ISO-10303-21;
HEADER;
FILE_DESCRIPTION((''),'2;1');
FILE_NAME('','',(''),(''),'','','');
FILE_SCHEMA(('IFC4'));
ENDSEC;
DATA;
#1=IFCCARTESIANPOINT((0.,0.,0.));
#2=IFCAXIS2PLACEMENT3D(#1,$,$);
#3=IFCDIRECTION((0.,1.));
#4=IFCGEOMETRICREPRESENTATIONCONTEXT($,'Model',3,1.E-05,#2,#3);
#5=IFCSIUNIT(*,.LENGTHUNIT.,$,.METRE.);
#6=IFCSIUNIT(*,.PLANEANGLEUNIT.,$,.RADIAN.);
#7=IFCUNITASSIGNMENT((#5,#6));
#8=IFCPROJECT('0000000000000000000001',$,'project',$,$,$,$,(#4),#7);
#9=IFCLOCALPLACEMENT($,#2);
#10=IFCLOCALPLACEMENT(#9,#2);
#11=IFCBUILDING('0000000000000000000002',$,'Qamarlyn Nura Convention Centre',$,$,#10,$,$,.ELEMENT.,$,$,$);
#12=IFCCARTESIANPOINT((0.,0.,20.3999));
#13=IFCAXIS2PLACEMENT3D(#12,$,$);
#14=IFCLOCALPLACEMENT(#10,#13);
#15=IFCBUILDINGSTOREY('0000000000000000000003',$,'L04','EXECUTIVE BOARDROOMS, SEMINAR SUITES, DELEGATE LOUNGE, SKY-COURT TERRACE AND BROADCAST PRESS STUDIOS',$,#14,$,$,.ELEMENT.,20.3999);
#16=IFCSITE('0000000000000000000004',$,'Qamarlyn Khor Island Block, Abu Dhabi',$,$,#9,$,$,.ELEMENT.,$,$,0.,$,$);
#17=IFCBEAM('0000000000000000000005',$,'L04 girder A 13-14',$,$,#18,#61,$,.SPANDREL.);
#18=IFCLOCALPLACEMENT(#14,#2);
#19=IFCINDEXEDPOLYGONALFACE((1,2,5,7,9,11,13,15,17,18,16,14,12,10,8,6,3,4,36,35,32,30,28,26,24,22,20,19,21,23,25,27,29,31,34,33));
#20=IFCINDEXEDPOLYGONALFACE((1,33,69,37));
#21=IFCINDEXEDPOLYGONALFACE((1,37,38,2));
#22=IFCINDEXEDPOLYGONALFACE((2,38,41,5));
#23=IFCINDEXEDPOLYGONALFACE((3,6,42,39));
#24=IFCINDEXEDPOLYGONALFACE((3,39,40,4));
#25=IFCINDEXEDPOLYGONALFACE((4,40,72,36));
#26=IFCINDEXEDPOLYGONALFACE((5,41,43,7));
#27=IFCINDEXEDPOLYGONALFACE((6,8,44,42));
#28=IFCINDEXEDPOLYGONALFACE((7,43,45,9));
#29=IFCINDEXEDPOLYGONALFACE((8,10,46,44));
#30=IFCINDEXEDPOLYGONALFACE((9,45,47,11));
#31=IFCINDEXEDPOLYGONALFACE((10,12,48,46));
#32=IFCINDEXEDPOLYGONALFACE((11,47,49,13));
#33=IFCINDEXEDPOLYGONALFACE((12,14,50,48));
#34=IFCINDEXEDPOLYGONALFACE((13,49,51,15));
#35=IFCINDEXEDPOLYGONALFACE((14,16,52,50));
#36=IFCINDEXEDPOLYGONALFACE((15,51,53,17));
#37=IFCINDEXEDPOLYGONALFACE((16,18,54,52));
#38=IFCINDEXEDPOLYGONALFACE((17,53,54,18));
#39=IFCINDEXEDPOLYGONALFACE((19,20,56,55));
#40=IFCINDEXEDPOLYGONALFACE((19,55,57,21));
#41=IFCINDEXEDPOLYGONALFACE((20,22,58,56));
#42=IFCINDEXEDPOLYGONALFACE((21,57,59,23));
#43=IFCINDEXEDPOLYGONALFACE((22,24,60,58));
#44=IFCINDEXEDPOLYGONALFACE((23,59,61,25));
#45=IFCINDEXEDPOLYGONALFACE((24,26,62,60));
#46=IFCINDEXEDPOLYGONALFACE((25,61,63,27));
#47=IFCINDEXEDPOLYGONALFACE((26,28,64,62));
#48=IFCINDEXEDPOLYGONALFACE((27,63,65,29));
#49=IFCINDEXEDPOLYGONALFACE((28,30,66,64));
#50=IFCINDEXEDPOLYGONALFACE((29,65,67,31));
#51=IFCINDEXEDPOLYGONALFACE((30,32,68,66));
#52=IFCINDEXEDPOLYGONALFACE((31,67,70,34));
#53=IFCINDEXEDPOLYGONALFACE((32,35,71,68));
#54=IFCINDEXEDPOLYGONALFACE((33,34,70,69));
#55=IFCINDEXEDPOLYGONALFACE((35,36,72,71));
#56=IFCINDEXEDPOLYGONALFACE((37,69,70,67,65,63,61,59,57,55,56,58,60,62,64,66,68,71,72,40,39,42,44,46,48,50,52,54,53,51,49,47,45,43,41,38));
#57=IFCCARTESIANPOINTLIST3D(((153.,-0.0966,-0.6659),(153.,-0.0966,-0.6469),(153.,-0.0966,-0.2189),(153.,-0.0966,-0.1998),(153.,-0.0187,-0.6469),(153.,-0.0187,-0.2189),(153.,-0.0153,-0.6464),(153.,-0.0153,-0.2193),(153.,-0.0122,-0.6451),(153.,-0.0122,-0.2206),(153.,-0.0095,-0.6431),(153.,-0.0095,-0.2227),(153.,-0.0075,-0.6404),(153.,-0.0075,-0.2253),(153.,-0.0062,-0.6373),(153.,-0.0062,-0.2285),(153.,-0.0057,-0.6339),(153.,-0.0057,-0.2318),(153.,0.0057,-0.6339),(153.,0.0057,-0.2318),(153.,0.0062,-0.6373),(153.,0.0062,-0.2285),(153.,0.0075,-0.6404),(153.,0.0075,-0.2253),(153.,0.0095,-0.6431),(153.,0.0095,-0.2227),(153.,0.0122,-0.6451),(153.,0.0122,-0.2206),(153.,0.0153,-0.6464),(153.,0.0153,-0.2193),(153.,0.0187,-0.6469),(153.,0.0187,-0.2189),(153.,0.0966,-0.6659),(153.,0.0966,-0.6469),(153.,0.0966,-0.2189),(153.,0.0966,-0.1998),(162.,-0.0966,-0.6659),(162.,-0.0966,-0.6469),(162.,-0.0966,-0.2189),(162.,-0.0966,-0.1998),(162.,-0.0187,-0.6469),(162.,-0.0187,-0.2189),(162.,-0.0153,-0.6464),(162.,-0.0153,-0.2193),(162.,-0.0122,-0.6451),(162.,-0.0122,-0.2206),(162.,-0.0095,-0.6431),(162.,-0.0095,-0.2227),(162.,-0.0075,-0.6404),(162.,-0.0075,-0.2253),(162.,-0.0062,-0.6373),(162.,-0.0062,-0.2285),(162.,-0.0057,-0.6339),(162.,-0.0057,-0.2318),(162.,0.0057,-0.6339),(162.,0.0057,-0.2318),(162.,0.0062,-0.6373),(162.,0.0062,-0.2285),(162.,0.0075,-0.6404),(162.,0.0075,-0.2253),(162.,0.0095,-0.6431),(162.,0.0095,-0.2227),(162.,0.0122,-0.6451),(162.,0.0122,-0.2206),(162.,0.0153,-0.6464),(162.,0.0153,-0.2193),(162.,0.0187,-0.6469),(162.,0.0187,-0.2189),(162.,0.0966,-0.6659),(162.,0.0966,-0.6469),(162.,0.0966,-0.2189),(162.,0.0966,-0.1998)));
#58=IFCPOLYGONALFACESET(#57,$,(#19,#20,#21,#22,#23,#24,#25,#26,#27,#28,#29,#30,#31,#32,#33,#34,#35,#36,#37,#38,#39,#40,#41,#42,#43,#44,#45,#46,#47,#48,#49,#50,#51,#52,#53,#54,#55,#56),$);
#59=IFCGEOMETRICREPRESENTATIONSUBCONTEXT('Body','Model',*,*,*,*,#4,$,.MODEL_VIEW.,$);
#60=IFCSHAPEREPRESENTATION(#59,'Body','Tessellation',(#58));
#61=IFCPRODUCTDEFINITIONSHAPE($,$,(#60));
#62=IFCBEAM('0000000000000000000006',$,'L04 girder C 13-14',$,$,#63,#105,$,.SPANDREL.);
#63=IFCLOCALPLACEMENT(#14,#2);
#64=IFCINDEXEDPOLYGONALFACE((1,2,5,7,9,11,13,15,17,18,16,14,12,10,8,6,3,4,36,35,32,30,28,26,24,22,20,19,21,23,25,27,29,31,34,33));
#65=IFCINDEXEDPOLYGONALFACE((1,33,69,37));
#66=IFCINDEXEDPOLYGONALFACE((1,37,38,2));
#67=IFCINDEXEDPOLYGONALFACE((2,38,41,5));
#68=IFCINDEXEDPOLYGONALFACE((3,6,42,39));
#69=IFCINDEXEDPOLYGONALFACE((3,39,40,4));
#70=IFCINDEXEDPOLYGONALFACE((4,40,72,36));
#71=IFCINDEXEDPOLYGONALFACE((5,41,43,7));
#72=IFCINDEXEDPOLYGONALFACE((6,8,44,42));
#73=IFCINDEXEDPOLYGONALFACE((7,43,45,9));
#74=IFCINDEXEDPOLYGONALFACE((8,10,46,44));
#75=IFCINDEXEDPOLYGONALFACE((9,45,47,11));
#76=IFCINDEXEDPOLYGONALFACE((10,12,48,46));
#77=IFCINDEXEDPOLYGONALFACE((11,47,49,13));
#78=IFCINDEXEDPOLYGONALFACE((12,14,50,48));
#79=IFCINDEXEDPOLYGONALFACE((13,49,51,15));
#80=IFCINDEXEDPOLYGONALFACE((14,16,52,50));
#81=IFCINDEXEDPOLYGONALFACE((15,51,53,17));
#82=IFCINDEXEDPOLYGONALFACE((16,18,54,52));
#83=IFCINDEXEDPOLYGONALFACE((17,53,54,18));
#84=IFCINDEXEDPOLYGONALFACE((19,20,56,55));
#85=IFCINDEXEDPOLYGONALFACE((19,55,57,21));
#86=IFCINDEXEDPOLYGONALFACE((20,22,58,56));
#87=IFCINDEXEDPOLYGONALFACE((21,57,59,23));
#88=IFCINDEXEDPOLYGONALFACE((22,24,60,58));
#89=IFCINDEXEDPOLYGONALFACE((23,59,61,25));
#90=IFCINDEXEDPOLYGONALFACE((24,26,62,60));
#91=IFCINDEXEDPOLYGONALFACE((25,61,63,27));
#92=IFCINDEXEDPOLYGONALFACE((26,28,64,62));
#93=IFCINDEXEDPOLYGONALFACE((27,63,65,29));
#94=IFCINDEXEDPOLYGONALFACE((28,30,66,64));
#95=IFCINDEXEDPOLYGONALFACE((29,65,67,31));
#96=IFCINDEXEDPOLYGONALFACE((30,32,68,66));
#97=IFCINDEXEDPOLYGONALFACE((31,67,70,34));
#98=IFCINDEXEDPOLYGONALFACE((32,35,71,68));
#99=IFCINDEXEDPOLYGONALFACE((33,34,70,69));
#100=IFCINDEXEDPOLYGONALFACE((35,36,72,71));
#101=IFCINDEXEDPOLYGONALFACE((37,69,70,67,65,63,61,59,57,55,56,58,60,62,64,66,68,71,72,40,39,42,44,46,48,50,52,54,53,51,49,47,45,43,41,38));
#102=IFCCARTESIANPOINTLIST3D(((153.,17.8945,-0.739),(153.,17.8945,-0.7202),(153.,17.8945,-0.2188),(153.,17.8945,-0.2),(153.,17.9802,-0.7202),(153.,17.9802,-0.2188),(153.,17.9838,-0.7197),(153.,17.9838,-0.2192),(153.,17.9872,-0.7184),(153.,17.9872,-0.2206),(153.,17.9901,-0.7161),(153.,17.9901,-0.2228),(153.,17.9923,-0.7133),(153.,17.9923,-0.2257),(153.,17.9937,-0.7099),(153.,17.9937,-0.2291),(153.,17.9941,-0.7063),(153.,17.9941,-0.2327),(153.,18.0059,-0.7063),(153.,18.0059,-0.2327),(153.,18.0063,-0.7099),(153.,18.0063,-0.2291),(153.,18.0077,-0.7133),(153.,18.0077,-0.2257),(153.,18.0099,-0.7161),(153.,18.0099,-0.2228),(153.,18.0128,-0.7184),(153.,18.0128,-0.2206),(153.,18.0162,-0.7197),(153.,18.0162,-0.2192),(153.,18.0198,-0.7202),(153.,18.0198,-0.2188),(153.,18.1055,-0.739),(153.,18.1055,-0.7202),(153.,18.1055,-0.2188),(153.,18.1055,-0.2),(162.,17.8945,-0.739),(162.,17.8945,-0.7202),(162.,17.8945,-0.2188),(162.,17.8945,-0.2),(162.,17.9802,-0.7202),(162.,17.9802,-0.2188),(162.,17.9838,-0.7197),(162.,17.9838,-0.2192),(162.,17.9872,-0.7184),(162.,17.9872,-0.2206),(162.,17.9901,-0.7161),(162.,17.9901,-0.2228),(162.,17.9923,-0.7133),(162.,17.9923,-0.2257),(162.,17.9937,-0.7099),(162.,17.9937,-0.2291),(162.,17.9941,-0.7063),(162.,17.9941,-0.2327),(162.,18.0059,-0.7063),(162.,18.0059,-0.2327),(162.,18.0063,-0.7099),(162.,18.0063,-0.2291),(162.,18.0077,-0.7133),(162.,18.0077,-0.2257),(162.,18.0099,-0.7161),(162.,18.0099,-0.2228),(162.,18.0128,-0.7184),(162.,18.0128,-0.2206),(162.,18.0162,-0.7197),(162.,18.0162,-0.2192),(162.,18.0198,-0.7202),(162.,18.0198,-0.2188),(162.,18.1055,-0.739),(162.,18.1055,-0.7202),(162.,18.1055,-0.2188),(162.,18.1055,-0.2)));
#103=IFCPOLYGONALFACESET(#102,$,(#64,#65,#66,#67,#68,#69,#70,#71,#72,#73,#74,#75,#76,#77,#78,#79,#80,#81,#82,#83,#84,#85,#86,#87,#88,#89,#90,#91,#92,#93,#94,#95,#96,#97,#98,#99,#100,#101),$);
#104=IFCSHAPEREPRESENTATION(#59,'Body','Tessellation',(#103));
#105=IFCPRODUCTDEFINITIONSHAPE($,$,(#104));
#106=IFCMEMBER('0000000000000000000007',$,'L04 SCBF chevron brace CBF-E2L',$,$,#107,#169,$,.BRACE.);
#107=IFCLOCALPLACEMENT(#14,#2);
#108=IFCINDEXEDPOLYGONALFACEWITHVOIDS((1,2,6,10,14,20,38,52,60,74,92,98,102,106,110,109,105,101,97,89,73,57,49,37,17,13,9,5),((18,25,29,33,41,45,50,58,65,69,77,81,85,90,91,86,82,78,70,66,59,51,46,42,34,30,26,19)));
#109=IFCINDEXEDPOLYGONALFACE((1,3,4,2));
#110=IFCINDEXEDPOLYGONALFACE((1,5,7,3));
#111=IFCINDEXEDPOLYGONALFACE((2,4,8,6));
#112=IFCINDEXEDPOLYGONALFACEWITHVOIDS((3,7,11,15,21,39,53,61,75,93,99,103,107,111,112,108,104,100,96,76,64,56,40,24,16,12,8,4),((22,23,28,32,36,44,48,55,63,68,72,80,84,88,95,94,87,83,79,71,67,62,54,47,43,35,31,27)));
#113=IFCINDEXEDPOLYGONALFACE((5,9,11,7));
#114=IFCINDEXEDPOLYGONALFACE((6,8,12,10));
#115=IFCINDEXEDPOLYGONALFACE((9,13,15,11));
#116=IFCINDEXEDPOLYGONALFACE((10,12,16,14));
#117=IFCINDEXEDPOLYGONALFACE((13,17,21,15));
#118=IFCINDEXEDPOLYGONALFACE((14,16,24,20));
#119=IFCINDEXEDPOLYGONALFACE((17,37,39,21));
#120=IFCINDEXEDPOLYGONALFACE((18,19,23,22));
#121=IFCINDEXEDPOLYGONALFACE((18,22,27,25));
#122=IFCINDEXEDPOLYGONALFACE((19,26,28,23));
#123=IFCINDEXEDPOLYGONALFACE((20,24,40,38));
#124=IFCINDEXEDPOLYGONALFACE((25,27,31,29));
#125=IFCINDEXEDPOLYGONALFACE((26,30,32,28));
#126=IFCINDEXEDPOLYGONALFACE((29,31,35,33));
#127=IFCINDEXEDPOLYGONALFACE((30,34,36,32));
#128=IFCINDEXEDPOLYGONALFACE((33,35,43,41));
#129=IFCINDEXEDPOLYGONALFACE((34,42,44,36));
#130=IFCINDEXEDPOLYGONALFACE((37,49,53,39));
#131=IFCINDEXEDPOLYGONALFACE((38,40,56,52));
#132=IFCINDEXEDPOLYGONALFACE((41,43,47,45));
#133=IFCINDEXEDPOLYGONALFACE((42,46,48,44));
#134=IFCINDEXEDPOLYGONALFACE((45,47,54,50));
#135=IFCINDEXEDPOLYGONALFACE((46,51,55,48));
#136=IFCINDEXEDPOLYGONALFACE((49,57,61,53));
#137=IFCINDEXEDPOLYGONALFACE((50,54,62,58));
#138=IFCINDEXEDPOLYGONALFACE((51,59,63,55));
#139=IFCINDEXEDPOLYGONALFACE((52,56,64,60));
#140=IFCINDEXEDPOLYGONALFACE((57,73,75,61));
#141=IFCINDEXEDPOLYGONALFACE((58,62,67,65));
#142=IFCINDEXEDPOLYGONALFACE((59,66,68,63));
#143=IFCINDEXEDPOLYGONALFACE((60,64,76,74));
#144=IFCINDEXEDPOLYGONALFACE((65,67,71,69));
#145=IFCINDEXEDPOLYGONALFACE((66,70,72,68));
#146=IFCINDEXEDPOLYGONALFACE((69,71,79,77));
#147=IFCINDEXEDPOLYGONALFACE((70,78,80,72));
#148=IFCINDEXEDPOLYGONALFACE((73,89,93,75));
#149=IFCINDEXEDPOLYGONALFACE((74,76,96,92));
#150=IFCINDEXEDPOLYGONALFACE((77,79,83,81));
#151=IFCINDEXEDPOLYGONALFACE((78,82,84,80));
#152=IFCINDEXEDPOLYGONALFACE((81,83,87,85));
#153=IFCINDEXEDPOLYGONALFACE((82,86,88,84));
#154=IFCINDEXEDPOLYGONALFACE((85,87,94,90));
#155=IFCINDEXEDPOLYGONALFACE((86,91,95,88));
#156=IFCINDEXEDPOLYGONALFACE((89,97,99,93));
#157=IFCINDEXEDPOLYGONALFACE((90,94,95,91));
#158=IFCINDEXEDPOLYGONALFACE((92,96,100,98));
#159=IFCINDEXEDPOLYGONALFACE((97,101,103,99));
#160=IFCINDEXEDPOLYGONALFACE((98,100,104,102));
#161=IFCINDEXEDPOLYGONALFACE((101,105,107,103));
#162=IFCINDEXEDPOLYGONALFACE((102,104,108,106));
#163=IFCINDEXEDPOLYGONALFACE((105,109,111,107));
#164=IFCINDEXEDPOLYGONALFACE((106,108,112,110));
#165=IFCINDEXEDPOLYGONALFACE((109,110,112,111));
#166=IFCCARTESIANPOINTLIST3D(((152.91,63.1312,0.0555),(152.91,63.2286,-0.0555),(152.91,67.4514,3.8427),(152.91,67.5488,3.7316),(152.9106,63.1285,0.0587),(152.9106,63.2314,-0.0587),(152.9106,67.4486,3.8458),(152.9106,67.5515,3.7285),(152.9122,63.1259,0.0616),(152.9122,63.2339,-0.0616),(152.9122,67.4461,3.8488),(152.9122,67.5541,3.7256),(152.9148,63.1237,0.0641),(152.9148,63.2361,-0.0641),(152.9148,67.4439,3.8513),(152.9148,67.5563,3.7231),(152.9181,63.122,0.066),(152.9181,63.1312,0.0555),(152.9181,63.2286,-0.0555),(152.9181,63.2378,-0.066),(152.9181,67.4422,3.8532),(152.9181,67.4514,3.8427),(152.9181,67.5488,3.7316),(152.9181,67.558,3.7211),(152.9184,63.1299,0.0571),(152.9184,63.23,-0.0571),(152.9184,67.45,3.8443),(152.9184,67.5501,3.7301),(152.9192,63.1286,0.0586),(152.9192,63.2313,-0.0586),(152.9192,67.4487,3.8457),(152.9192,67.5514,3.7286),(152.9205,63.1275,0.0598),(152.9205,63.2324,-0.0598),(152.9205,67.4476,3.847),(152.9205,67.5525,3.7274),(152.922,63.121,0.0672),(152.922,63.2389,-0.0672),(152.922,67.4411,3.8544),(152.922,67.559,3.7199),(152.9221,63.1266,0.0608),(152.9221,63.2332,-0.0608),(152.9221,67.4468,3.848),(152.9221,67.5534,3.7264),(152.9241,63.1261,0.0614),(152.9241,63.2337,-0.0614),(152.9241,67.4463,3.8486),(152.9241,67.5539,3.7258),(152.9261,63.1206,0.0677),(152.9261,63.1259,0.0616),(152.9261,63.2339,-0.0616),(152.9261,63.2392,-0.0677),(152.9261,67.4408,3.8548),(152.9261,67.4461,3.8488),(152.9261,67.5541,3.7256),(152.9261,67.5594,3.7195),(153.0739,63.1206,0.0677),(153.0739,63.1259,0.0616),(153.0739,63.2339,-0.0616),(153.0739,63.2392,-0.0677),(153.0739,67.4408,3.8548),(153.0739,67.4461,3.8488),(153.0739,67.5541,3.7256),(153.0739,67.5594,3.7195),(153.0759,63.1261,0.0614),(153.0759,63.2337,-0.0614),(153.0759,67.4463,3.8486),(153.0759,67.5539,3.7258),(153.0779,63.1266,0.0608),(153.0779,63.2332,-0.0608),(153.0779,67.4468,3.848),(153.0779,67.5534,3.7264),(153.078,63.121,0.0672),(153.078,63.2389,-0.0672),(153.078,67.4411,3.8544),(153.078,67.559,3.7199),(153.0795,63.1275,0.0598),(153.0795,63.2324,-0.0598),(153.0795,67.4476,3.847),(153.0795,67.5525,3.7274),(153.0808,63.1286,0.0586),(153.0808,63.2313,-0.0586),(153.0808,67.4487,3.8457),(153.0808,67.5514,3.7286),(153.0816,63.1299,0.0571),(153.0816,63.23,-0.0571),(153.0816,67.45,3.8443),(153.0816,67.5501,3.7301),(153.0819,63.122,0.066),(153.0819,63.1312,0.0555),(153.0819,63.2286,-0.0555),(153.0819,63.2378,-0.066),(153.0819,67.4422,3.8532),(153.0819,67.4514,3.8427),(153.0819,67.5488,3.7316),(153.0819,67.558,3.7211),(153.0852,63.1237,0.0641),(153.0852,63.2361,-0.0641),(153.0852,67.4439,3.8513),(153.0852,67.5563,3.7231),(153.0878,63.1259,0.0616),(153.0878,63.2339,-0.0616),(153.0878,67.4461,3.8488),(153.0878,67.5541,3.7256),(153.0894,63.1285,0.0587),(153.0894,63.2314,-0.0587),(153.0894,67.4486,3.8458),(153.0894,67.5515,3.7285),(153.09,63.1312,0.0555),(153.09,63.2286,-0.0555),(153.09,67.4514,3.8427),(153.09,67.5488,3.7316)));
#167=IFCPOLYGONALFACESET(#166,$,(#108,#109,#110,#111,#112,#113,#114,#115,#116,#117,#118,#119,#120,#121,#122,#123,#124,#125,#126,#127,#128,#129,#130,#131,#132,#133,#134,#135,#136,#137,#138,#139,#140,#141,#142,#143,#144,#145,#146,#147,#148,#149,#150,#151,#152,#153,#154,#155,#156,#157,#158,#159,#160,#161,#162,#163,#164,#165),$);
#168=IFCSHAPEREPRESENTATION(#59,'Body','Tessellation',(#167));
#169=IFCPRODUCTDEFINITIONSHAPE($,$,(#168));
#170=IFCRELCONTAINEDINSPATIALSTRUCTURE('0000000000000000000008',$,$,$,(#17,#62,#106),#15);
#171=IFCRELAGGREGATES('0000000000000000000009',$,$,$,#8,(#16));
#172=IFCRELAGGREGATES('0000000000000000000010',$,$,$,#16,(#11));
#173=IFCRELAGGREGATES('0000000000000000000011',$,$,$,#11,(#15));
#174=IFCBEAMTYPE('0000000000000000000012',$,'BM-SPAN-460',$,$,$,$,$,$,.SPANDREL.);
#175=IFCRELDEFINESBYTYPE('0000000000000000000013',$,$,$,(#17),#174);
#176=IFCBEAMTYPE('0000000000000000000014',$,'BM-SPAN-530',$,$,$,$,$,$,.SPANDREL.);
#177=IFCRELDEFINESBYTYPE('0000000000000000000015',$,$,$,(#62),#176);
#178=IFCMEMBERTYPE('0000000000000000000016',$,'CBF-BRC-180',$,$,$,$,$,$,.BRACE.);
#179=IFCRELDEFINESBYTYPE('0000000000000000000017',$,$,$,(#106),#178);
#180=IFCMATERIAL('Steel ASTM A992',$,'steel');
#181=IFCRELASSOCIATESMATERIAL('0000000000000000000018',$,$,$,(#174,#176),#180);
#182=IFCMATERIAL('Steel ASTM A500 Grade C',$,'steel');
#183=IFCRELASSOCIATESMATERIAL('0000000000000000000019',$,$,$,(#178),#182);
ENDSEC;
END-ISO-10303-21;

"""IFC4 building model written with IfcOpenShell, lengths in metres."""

from ifc_helpers import new_model, si_unit, direction, frame, origin, origin_2d, place, context, subcontext, project, spatial, hollow_rectangle, i_section, extrude, material, material_profile, profile_set, type_object, element, save


model = new_model("IFC4")

# Units and contexts
model_context = context("Model", 3, precision=1e-05, world=origin(), true_north=direction((0.0, 1.0)))
body_context = subcontext(model_context, "Body", "Model", "MODEL_VIEW")
ifc_project = project(units=[si_unit("LENGTHUNIT", "METRE"), si_unit("PLANEANGLEUNIT", "RADIAN")], contexts=[model_context])

# Site, building, storey
site_placement = place(None, origin())
site = spatial("IfcSite", under=ifc_project, at=site_placement, Name="Qamarlyn Khor Island Block, Abu Dhabi", CompositionType="ELEMENT", RefElevation=0.0)
building_placement = place(site_placement, origin())
building = spatial("IfcBuilding", under=site, at=building_placement, Name="Qamarlyn Nura Convention Centre", CompositionType="ELEMENT")
storey_placement = place(building_placement, frame((0.0, 0.0, 20.3999)))
storey = spatial("IfcBuildingStorey", under=building, at=storey_placement, Name="L04", Description="EXECUTIVE BOARDROOMS, SEMINAR SUITES, DELEGATE LOUNGE, SKY-COURT TERRACE AND BROADCAST PRESS STUDIOS", CompositionType="ELEMENT", Elevation=20.3999)

# Shared definitions
ifc_material_1 = material(Name="Steel ASTM A500 Grade C", Category="steel")
ifc_material_2 = material(Name="Steel ASTM A992", Category="steel")

# Beams
ifc_material_profile_1 = material_profile(ifc_material_2, i_section(OverallWidth=0.1931, OverallDepth=0.4661, WebThickness=0.0115, FlangeThickness=0.019, FilletRadius=0.0129, at=origin_2d()), Name="W460X97")
ifc_profile_set_1 = profile_set([ifc_material_profile_1], Name="Steel ASTM A992")
beam_type_1 = type_object("IfcBeamType", Name="BM-SPAN-460", PredefinedType="SPANDREL", material=ifc_profile_set_1)
beam_1_placement = place(storey_placement, frame((153.0, 0.0, -0.4329), z_axis=(1.0, 0.0, 0.0), x_axis=(0.0, 1.0, 0.0)))
element("IfcBeam", 1, at=beam_1_placement, inside=storey, type_object=beam_type_1, Name="L04 girder A 13-14", PredefinedType="SPANDREL", context=body_context, shape_type="SweptSolid", body=[
    extrude(i_section(OverallWidth=0.1931, OverallDepth=0.4661, WebThickness=0.0115, FlangeThickness=0.019, FilletRadius=0.0129, at=origin_2d()), origin(), (0.0, 0.0, 1.0), 9.0),
])
ifc_material_profile_2 = material_profile(ifc_material_2, i_section(OverallWidth=0.2109, OverallDepth=0.5391, WebThickness=0.0117, FlangeThickness=0.0188, FilletRadius=0.0139, at=origin_2d()), Name="W530X109")
ifc_profile_set_2 = profile_set([ifc_material_profile_2], Name="Steel ASTM A992")
beam_type_2 = type_object("IfcBeamType", Name="BM-SPAN-530", PredefinedType="SPANDREL", material=ifc_profile_set_2)
beam_2_placement = place(storey_placement, frame((153.0, 18.0, -0.4695), z_axis=(1.0, 0.0, 0.0), x_axis=(0.0, 1.0, 0.0)))
element("IfcBeam", 2, at=beam_2_placement, inside=storey, type_object=beam_type_2, Name="L04 girder C 13-14", PredefinedType="SPANDREL", context=body_context, shape_type="SweptSolid", body=[
    extrude(i_section(OverallWidth=0.2109, OverallDepth=0.5391, WebThickness=0.0117, FlangeThickness=0.0188, FilletRadius=0.0139, at=origin_2d()), origin(), (0.0, 0.0, 1.0), 9.0),
])

# Member
ifc_material_profile_3 = material_profile(ifc_material_1, hollow_rectangle(XDim=0.1799, YDim=0.1799, WallThickness=0.0081, InnerFilletRadius=0.0081, OuterFilletRadius=0.0161, at=origin_2d()), Name="HSS180X180X8")
ifc_profile_set_3 = profile_set([ifc_material_profile_3], Name="Steel ASTM A500 Grade C")
member_type_1 = type_object("IfcMemberType", Name="CBF-BRC-180", PredefinedType="BRACE", material=ifc_profile_set_3)
member_1_placement = place(storey_placement, frame((153.0, 63.1799, 0.0), z_axis=(0.0, 0.751968, 0.659199), x_axis=(-1.0, 0.0, 0.0)))
element("IfcMember", 3, at=member_1_placement, inside=storey, type_object=member_type_1, Name="L04 SCBF chevron brace CBF-E2L", PredefinedType="BRACE", context=body_context, shape_type="SweptSolid", body=[
    extrude(hollow_rectangle(XDim=0.1799, YDim=0.1799, WallThickness=0.0081, InnerFilletRadius=0.0081, OuterFilletRadius=0.0161, at=origin_2d()), origin(), (0.0, 0.0, 1.0), 5.7451),
])

save(model, "model.ifc")
